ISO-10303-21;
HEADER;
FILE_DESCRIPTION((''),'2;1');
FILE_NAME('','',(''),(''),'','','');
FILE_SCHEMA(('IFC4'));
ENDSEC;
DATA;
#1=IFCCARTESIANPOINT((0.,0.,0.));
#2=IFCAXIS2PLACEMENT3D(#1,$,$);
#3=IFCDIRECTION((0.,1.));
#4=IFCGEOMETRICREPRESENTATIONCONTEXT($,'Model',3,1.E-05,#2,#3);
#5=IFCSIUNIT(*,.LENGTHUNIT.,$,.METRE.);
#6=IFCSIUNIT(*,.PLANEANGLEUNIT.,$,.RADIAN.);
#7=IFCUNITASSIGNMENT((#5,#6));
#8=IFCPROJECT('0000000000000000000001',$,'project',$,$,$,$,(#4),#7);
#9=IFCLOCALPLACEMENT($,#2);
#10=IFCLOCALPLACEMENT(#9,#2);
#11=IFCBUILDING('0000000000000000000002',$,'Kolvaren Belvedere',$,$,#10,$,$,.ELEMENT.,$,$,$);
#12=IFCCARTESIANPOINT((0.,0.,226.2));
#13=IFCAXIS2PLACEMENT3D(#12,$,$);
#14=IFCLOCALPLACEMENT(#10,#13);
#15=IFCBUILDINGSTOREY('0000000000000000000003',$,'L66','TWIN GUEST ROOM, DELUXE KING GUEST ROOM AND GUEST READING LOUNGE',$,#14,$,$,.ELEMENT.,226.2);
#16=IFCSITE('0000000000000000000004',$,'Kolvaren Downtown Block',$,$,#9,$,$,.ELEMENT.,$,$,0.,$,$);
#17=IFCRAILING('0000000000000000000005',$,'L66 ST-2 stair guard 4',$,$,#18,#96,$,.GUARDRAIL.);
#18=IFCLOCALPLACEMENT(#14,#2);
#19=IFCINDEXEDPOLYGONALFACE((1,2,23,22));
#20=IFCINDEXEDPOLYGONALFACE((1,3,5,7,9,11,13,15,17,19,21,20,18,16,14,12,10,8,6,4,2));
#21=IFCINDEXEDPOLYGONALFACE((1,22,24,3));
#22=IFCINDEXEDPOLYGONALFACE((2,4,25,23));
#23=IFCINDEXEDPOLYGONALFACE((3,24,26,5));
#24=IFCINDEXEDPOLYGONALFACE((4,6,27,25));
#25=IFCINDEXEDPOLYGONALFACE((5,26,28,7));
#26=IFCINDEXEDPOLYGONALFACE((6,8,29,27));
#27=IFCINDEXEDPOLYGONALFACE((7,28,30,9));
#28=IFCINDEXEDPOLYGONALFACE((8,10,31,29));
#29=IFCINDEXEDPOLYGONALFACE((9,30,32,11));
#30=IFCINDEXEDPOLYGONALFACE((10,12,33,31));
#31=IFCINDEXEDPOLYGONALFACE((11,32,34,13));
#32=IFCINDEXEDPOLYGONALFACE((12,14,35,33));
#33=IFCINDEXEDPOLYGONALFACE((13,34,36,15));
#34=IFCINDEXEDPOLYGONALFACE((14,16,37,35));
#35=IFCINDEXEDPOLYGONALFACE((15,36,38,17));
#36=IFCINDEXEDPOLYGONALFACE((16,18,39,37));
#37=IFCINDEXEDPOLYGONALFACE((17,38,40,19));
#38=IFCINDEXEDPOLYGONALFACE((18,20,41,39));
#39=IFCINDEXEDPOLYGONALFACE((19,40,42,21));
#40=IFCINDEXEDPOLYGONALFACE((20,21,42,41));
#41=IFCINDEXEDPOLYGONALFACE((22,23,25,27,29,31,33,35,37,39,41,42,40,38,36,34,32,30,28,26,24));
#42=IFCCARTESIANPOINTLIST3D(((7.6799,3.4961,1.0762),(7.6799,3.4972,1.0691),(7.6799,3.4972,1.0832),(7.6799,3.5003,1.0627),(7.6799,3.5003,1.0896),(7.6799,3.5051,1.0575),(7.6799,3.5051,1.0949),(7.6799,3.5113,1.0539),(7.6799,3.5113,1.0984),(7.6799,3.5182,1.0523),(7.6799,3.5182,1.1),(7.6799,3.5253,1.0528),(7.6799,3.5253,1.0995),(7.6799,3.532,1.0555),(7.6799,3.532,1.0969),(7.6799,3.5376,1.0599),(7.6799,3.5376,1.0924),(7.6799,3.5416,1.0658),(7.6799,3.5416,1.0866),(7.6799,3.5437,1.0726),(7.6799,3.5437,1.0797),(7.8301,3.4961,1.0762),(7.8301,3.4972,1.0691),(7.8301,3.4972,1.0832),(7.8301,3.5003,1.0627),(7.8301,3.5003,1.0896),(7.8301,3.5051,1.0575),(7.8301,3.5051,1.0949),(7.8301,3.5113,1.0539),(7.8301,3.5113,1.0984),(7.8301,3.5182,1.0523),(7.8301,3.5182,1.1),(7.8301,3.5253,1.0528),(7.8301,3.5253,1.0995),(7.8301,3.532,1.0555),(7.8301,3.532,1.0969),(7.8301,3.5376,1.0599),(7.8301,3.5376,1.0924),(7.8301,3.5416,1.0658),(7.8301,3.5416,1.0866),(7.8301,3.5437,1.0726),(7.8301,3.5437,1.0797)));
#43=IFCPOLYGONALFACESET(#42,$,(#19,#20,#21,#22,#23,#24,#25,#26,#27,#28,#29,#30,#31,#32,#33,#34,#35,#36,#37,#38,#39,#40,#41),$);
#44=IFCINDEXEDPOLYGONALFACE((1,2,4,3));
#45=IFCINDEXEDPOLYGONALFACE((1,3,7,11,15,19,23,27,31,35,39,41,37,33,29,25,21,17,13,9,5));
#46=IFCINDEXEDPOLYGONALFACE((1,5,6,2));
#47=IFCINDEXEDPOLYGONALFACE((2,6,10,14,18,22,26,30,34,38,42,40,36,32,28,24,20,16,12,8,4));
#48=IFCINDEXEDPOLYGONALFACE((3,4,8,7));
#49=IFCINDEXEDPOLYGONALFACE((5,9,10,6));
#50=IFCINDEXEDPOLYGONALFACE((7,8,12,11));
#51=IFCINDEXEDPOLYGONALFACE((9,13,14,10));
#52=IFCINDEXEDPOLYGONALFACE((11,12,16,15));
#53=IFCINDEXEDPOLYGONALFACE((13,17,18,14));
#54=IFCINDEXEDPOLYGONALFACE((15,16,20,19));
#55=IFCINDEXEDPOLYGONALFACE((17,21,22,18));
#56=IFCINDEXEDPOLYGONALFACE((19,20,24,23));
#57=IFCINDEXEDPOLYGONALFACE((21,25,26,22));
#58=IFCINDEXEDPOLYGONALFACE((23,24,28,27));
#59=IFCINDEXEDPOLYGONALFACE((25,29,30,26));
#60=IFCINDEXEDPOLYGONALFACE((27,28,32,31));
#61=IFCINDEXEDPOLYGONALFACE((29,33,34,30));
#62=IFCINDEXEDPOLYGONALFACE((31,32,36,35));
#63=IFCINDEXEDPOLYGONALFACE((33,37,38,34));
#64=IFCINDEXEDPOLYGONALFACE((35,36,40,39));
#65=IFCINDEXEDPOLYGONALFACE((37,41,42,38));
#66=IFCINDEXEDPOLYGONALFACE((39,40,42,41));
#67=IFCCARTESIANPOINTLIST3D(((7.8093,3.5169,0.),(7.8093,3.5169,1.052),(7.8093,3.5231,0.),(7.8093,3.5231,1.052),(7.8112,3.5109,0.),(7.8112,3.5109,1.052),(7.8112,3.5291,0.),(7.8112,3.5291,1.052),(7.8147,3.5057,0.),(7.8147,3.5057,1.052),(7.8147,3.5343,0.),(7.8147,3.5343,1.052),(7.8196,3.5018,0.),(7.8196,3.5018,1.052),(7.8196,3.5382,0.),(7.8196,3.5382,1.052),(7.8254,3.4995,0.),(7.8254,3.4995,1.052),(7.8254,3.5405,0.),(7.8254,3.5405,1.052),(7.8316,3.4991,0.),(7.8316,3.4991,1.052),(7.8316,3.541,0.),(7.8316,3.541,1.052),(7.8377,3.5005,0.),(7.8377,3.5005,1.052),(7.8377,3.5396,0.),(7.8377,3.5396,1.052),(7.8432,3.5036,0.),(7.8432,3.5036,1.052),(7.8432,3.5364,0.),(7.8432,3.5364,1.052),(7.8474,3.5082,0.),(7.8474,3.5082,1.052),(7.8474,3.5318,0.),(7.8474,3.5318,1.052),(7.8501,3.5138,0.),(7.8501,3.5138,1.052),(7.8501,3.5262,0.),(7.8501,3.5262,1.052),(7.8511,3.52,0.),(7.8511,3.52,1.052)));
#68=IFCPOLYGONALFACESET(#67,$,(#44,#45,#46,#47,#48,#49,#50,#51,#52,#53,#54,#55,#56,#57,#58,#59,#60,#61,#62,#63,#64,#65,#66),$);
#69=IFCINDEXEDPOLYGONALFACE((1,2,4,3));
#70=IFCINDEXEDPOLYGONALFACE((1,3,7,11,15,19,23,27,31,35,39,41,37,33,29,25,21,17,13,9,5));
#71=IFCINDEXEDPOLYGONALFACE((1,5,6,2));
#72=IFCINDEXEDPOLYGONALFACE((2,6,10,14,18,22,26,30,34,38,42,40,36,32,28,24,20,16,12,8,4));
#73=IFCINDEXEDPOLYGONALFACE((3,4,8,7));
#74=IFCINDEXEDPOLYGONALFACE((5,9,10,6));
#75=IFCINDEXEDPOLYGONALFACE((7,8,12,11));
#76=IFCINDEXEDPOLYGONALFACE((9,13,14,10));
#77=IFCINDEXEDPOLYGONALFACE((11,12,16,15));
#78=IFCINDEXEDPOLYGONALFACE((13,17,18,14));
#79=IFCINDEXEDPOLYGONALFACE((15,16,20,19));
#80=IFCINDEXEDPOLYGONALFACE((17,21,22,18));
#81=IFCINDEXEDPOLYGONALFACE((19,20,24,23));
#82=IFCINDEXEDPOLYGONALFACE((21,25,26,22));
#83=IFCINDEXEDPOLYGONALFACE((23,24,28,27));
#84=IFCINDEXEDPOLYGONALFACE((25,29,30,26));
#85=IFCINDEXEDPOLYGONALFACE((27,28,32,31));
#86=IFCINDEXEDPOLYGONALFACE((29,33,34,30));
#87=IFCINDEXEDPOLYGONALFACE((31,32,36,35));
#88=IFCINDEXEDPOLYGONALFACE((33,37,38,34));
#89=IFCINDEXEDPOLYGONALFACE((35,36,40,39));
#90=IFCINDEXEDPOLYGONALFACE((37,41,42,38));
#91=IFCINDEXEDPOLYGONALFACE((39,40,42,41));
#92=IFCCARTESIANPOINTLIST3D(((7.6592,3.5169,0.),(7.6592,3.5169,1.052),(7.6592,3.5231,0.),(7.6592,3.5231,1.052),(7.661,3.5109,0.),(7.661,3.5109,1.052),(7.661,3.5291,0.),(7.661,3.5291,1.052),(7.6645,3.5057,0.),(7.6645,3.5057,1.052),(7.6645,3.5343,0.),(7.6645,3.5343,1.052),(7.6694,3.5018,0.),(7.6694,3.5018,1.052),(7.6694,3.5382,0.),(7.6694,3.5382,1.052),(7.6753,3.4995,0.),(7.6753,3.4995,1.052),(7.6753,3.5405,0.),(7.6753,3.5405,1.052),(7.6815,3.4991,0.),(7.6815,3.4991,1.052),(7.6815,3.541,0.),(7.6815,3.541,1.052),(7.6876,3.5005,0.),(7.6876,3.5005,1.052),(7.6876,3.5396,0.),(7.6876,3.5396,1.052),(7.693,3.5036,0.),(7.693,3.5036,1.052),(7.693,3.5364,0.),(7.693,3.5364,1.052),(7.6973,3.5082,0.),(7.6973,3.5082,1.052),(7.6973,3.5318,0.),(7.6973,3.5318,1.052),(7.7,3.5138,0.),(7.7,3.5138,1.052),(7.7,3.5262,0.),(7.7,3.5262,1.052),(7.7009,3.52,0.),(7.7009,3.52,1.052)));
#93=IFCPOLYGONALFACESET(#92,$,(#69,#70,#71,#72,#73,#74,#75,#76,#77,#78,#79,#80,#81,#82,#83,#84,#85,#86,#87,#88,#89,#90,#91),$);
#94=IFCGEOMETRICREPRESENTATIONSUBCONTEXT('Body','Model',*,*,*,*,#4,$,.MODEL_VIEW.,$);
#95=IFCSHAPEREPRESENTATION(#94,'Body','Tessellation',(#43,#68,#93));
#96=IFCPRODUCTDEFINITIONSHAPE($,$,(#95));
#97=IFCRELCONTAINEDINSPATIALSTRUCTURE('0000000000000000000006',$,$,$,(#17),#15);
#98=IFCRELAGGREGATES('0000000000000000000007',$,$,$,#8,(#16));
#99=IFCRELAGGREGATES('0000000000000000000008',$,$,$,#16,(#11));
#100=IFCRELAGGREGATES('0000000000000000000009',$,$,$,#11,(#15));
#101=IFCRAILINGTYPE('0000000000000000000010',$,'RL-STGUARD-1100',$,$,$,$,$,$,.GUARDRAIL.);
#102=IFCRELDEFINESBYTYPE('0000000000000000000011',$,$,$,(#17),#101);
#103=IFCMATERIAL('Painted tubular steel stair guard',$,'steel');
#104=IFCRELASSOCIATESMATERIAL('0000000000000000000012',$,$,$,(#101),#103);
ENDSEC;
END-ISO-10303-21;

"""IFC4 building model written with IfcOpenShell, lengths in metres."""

from ifc_helpers import new_model, si_unit, direction, frame, origin, origin_2d, place, context, subcontext, project, spatial, circle, extrude, material, type_object, element, save


model = new_model("IFC4")

# Units and contexts
model_context = context("Model", 3, precision=1e-05, world=origin(), true_north=direction((0.0, 1.0)))
body_context = subcontext(model_context, "Body", "Model", "MODEL_VIEW")
ifc_project = project(units=[si_unit("LENGTHUNIT", "METRE"), si_unit("PLANEANGLEUNIT", "RADIAN")], contexts=[model_context])

# Site, building, storey
site_placement = place(None, origin())
site = spatial("IfcSite", under=ifc_project, at=site_placement, Name="Kolvaren Downtown Block", CompositionType="ELEMENT", RefElevation=0.0)
building_placement = place(site_placement, origin())
building = spatial("IfcBuilding", under=site, at=building_placement, Name="Kolvaren Belvedere", CompositionType="ELEMENT")
storey_placement = place(building_placement, frame((0.0, 0.0, 226.2)))
storey = spatial("IfcBuildingStorey", under=building, at=storey_placement, Name="L66", Description="TWIN GUEST ROOM, DELUXE KING GUEST ROOM AND GUEST READING LOUNGE", CompositionType="ELEMENT", Elevation=226.2)

# Railing
ifc_material_1 = material(Name="Painted tubular steel stair guard", Category="steel")
railing_type_1 = type_object("IfcRailingType", Name="RL-STGUARD-1100", PredefinedType="GUARDRAIL", material=ifc_material_1)
railing_1_placement = place(storey_placement, frame((7.8301, 3.52, 0.0)))
element("IfcRailing", 1, at=railing_1_placement, inside=storey, type_object=railing_type_1, Name="L66 ST-2 stair guard 4", PredefinedType="GUARDRAIL", context=body_context, shape_type="SweptSolid", body=[
    extrude(circle(Radius=0.0239, at=origin_2d()), frame((0.0, 0.0, 1.0762), z_axis=(-1.0, 0.0, 0.0), x_axis=(0.0, -1.0, 0.0)), (0.0, 0.0, 1.0), 0.1501),
    extrude(circle(Radius=0.021, at=origin_2d()), origin(), (0.0, 0.0, 1.0), 1.052),
    extrude(circle(Radius=0.021, at=origin_2d()), frame((-0.1501, 0.0, 0.0)), (0.0, 0.0, 1.0), 1.052),
])

save(model, "model.ifc")
